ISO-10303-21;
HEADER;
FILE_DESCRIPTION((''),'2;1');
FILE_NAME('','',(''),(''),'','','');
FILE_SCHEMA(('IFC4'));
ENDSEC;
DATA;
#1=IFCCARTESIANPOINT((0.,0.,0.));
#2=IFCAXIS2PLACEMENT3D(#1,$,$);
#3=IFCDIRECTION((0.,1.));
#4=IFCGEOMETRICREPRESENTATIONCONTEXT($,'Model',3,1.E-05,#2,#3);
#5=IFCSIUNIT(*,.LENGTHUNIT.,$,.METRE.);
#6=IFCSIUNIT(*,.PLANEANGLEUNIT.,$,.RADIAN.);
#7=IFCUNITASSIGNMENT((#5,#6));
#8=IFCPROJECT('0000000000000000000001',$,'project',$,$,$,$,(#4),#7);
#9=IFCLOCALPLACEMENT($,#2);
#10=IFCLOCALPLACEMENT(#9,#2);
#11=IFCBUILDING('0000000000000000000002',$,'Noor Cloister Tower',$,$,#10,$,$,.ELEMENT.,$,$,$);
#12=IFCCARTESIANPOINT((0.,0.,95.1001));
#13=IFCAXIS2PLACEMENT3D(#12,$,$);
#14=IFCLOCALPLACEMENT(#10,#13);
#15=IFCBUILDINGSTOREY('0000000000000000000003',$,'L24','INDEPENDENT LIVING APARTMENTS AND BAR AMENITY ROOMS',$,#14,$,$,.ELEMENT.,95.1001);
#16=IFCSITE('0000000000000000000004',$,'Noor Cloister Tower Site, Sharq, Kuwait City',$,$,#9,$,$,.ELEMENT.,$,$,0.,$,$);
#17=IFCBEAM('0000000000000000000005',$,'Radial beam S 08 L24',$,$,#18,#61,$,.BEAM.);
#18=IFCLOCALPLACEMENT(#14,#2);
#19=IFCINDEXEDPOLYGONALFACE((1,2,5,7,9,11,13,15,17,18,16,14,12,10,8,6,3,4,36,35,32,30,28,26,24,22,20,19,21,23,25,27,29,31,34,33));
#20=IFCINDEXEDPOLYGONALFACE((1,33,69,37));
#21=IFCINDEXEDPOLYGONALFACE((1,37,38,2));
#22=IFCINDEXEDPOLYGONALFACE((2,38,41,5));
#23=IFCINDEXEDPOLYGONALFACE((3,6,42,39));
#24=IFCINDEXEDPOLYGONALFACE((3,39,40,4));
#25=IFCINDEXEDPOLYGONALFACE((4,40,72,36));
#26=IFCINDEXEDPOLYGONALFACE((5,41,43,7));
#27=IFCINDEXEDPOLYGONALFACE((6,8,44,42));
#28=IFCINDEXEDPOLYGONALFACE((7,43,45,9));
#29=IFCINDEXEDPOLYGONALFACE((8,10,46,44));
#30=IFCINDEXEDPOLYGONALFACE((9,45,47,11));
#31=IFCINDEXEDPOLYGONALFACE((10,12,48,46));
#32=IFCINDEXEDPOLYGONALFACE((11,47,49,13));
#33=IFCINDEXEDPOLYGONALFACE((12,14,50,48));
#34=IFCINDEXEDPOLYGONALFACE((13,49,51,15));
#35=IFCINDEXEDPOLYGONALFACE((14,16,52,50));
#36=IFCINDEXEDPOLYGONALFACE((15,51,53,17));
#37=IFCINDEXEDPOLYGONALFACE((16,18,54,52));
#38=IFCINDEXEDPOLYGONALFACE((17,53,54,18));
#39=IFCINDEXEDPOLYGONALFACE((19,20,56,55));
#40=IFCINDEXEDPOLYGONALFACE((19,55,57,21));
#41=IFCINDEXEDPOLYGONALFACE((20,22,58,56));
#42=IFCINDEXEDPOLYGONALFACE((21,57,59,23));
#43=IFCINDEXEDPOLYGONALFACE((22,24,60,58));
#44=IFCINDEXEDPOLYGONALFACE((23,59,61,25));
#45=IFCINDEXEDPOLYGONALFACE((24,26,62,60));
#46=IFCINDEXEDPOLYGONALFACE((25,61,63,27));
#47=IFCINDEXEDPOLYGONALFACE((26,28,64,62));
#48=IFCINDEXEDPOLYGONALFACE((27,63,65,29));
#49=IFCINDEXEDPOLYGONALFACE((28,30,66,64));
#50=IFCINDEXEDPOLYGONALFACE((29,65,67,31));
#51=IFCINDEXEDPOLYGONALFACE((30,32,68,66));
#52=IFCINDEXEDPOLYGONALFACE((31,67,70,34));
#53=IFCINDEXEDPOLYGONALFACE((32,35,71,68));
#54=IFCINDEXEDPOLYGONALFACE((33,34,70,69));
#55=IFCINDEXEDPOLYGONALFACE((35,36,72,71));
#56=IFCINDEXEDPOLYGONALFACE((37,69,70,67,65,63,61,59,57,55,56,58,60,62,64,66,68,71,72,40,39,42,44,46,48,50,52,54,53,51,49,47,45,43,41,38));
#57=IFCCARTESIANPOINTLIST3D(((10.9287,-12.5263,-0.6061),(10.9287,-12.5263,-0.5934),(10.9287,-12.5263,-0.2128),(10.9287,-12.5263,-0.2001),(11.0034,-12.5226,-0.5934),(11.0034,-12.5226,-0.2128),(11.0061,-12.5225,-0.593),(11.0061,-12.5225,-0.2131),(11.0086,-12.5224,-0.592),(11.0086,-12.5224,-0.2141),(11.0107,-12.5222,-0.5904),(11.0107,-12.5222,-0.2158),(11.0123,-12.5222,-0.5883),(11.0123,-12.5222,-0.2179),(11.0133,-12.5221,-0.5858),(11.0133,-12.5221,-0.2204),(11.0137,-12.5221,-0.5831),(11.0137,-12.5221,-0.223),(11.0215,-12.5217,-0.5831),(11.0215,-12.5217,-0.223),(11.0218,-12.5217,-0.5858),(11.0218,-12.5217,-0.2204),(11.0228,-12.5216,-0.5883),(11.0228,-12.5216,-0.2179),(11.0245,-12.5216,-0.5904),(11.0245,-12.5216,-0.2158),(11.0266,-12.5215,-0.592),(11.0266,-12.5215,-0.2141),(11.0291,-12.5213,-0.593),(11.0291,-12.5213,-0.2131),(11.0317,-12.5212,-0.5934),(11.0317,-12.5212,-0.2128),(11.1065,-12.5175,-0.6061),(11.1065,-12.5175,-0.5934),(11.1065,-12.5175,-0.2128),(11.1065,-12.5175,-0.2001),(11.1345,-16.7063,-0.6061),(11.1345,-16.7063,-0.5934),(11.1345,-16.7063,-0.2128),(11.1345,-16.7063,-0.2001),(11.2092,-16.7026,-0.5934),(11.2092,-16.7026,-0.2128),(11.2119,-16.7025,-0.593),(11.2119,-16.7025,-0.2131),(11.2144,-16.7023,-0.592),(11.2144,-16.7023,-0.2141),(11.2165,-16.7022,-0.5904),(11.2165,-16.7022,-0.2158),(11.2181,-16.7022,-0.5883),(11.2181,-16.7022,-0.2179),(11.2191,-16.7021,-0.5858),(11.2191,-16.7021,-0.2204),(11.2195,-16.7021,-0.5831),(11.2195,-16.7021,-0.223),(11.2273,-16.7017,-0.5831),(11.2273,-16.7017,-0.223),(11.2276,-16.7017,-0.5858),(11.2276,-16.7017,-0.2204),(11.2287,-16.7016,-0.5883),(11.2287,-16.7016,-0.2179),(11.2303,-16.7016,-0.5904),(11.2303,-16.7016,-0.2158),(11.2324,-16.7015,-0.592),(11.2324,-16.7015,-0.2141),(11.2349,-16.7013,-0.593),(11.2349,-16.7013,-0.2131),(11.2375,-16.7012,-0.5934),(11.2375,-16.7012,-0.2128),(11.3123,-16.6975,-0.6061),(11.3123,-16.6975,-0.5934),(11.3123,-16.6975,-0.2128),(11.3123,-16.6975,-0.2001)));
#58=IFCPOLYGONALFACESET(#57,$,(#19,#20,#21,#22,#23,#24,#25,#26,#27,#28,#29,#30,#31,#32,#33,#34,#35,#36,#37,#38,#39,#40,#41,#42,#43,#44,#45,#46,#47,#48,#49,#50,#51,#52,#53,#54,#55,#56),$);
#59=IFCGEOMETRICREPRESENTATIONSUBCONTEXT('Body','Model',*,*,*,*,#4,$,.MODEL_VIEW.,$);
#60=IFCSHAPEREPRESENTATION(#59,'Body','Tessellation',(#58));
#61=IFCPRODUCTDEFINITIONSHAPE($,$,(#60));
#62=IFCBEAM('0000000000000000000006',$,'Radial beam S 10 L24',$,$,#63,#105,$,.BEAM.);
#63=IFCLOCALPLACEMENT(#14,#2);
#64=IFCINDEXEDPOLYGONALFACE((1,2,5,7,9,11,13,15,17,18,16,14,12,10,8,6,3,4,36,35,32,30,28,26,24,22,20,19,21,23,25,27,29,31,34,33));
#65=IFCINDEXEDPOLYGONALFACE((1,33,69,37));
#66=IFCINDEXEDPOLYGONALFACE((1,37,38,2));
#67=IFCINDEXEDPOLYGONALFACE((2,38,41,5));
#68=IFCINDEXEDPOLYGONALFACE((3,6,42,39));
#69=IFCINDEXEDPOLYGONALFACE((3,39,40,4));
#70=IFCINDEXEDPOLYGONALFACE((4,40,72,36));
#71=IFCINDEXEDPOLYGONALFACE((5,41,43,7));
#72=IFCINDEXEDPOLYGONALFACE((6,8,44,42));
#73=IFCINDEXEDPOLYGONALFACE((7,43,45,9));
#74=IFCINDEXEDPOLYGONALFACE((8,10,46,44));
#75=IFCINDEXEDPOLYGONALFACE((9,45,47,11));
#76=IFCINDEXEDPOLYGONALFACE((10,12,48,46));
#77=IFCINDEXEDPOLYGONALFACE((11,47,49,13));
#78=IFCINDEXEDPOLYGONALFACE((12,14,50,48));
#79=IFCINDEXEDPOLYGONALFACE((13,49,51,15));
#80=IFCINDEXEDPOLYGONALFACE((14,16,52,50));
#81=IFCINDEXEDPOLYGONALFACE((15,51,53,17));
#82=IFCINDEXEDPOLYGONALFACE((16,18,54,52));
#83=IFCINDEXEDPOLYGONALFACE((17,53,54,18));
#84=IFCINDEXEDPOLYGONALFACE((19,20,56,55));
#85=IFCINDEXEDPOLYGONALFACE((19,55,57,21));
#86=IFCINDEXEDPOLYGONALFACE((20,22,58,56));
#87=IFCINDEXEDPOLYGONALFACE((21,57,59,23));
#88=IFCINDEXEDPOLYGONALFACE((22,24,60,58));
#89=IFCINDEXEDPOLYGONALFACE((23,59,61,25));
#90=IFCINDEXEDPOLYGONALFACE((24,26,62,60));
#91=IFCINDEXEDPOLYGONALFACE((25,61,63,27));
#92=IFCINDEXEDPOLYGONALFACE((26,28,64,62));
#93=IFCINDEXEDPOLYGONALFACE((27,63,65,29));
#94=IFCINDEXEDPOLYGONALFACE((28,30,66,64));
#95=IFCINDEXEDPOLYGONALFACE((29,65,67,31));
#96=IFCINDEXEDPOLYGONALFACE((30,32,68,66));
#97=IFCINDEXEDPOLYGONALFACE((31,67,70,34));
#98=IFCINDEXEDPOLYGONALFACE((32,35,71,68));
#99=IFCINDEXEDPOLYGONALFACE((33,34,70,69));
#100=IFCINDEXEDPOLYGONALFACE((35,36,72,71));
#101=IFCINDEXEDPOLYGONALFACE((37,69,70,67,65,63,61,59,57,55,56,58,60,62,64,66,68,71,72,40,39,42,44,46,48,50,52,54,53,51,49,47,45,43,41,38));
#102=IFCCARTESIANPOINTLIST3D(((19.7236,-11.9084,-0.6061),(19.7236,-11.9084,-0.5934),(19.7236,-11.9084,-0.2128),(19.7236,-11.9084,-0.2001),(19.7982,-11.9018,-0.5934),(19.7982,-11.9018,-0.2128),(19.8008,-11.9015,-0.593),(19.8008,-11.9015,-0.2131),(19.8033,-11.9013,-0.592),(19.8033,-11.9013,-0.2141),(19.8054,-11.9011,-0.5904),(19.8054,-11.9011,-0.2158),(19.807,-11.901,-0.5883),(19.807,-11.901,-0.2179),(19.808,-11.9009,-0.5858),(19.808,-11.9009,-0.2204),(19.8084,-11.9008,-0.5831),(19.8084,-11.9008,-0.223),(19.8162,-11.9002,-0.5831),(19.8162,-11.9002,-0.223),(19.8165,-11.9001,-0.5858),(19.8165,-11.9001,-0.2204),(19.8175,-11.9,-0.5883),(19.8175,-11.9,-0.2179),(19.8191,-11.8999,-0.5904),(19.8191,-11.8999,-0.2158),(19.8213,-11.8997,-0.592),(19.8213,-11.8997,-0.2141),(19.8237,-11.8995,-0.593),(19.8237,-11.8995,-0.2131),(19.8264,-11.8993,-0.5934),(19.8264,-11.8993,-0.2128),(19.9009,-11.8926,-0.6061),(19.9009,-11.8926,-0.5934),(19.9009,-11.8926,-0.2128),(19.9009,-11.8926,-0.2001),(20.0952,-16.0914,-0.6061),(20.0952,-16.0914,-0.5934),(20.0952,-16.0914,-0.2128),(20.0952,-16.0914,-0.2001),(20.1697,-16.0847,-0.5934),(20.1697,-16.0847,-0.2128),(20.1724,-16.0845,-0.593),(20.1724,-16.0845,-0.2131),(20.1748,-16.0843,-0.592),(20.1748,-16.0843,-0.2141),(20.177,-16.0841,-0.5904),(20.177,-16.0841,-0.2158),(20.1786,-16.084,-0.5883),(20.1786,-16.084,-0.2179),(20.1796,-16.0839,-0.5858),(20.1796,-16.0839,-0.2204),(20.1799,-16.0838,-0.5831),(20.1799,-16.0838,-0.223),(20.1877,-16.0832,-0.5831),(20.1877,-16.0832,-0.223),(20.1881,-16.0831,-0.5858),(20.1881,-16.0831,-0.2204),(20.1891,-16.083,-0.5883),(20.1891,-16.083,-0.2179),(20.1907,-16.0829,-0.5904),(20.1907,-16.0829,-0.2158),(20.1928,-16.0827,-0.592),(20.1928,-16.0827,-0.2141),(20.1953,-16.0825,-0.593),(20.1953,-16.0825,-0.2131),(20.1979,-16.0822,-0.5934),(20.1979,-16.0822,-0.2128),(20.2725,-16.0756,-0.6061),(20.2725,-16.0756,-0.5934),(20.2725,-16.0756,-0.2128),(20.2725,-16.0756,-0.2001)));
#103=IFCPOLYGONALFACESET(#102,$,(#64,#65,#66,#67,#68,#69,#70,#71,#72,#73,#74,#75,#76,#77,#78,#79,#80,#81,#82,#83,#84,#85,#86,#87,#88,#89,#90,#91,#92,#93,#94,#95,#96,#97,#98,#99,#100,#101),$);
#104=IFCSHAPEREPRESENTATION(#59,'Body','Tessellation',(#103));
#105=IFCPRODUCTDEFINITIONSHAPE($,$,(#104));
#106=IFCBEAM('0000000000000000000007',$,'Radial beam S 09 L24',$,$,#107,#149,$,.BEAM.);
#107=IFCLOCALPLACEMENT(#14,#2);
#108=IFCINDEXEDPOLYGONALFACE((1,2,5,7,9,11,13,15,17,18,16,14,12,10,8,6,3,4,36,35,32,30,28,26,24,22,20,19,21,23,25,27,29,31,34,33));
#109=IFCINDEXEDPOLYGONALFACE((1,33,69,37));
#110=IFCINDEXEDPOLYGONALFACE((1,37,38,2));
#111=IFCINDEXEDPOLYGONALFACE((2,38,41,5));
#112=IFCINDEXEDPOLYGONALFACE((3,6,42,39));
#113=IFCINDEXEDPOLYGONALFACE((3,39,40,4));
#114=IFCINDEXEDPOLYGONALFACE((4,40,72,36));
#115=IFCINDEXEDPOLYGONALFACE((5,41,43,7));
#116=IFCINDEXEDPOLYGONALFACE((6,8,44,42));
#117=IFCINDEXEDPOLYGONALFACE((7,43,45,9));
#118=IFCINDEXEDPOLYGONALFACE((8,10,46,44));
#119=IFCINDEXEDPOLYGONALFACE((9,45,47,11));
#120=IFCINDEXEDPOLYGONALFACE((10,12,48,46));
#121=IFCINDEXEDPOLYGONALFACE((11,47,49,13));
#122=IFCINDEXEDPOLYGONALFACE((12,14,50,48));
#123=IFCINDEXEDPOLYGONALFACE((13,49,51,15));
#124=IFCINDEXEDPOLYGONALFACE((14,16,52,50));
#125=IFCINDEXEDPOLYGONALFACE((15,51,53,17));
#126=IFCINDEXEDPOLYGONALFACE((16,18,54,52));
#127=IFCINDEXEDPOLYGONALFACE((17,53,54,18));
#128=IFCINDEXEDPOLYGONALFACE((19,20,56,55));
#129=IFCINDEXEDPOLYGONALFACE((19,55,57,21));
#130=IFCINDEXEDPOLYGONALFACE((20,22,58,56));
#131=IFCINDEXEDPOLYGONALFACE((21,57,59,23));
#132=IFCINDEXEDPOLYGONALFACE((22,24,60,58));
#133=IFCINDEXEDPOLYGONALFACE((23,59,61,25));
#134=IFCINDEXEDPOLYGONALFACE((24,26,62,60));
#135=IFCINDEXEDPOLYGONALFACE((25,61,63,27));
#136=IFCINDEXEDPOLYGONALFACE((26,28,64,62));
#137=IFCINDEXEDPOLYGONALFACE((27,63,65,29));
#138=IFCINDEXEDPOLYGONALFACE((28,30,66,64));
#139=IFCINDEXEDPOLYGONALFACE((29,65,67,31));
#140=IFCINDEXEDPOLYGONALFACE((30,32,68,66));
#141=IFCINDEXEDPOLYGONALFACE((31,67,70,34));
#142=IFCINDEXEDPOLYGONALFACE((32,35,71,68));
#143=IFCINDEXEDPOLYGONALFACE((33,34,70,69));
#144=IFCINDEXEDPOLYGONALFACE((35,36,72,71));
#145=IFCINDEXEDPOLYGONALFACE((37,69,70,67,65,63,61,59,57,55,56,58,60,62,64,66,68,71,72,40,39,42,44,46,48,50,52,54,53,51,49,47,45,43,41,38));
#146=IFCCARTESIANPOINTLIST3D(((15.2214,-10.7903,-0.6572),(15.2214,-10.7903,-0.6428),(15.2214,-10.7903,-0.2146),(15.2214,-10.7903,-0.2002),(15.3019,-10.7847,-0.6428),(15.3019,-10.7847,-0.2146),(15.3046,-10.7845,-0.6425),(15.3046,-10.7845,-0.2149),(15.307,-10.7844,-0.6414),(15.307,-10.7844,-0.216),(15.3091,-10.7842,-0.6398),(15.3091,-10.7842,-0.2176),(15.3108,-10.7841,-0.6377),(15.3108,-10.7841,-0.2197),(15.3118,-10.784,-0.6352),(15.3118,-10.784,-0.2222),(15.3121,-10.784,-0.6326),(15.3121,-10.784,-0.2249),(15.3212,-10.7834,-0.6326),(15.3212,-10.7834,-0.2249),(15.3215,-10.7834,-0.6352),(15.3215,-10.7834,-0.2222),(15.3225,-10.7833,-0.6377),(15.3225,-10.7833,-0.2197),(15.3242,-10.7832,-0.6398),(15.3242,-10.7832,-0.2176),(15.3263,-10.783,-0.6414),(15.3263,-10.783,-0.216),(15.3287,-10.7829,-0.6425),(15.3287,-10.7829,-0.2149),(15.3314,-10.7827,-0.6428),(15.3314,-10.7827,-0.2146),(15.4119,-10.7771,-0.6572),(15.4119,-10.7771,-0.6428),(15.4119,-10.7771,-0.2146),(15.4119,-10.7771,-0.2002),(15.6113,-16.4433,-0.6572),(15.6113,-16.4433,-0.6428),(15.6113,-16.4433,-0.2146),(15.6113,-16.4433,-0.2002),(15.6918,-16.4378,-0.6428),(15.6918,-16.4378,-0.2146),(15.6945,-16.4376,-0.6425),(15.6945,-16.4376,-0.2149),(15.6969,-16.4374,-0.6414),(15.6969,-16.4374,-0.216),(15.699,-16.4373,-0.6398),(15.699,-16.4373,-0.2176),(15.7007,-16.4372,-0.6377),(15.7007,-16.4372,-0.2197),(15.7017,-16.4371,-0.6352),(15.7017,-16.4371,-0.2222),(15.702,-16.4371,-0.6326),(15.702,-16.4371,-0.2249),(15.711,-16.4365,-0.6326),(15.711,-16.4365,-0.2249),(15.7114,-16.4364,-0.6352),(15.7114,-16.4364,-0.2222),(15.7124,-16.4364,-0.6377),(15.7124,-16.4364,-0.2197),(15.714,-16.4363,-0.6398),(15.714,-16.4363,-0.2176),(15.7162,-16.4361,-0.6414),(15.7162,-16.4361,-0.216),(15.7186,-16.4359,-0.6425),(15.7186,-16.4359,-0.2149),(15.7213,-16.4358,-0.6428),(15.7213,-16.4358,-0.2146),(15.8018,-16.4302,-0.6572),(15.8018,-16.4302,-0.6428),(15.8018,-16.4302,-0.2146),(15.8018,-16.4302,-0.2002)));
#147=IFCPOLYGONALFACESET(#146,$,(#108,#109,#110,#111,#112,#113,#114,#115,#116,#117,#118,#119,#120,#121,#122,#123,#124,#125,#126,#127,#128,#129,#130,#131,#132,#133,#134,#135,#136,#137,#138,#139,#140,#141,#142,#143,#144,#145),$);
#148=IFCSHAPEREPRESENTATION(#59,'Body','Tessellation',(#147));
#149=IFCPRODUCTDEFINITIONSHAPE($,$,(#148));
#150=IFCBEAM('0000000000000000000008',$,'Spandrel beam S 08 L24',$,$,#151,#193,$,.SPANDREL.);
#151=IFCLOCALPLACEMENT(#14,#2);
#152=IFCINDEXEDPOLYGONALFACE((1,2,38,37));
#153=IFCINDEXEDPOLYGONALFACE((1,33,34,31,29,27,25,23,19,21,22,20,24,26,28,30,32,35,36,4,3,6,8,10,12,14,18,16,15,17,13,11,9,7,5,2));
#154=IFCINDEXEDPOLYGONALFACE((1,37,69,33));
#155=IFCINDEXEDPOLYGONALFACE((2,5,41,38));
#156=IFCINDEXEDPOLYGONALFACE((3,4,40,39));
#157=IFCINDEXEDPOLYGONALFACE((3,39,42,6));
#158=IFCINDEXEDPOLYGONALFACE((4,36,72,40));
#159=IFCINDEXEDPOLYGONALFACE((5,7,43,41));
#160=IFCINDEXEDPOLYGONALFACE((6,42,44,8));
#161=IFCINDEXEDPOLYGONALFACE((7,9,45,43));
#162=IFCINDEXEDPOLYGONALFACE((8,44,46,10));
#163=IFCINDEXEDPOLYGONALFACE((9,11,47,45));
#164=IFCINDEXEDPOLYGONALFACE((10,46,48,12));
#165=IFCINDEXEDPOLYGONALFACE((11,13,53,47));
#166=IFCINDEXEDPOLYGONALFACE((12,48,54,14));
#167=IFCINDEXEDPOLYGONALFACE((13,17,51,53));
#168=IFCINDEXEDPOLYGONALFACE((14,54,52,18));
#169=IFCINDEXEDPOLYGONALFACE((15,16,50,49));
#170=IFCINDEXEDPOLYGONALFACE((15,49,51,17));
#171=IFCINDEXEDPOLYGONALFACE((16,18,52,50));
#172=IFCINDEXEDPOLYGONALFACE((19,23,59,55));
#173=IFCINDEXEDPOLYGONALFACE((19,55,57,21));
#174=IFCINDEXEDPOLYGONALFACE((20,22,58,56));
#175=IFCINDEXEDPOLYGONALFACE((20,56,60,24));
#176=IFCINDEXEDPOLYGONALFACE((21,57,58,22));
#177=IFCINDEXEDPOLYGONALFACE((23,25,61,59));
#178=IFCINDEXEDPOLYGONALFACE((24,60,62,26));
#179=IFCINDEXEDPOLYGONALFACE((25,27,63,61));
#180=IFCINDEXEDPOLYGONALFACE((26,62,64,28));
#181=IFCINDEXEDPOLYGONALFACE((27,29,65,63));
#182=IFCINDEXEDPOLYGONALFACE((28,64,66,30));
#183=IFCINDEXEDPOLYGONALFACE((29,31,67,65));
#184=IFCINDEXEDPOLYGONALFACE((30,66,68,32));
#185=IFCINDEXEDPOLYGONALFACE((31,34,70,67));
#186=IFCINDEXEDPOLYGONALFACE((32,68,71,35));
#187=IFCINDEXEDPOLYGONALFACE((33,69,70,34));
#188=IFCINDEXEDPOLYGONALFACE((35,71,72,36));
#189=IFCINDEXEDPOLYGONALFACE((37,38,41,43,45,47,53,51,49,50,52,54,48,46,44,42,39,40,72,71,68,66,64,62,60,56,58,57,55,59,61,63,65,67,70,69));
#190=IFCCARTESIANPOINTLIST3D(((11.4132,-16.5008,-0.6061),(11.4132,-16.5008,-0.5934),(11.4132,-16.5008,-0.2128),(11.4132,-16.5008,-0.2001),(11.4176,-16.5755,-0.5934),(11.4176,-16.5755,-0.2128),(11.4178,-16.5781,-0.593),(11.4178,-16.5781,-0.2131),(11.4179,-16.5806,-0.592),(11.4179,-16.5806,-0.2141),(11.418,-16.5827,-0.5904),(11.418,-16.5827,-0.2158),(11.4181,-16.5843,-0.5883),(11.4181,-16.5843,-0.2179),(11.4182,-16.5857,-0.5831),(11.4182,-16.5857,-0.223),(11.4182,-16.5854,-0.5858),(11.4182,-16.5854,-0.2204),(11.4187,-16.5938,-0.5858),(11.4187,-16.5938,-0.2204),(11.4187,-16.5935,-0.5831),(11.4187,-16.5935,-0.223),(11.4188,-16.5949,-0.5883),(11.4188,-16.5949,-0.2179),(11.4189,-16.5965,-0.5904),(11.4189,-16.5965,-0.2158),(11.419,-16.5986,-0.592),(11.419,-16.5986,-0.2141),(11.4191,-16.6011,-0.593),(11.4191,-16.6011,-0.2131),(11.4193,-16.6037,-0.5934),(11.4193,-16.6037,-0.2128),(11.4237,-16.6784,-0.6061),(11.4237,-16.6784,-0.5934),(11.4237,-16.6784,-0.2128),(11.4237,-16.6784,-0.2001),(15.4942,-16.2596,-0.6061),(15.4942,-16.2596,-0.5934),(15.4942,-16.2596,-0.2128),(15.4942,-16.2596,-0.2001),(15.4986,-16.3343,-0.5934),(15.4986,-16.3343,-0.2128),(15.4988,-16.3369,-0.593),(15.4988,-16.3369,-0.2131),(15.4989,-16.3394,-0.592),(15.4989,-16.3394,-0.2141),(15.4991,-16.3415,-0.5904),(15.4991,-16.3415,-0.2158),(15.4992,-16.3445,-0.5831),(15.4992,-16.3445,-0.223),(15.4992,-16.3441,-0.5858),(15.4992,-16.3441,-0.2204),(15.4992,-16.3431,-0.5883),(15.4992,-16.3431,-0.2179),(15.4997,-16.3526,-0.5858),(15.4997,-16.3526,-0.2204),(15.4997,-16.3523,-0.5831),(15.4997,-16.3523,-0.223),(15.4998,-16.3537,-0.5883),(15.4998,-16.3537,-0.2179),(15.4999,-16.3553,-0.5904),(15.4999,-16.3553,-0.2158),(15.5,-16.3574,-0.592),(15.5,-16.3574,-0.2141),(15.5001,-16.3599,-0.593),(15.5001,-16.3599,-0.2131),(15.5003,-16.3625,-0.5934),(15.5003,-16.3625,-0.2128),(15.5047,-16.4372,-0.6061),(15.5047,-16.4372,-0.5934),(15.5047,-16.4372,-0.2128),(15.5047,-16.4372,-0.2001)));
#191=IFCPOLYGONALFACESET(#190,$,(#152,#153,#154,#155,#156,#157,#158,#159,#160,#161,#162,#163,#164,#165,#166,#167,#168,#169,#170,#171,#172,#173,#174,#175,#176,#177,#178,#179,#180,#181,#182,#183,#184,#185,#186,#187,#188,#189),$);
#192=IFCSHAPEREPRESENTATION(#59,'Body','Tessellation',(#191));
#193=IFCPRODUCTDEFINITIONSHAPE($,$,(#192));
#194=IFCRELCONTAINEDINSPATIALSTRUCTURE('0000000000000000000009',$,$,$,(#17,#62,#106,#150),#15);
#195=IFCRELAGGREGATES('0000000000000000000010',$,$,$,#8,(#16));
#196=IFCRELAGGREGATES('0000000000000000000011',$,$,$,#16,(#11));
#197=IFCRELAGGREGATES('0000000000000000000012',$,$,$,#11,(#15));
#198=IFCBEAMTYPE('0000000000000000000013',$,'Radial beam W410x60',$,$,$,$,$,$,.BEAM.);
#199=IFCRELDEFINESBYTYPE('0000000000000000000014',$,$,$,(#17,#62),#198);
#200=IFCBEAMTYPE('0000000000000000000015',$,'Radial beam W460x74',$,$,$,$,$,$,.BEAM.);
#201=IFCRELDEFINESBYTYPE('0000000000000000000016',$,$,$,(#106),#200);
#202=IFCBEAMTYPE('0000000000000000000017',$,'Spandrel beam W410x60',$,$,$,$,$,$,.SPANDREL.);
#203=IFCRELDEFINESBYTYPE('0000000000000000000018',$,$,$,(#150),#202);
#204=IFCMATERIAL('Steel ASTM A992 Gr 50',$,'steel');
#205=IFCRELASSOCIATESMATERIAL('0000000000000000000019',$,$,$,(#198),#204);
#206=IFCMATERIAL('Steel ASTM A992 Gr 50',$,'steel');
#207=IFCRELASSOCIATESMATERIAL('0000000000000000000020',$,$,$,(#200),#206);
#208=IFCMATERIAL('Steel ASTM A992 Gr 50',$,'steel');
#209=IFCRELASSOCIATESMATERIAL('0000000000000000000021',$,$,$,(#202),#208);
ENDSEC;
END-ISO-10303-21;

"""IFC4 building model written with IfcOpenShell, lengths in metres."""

from ifc_helpers import new_model, si_unit, direction, frame, origin, origin_2d, place, context, subcontext, project, spatial, i_section, extrude, material, material_profile, profile_set, type_object, element, save


model = new_model("IFC4")

# Units and contexts
model_context = context("Model", 3, precision=1e-05, world=origin(), true_north=direction((0.0, 1.0)))
body_context = subcontext(model_context, "Body", "Model", "MODEL_VIEW")
ifc_project = project(units=[si_unit("LENGTHUNIT", "METRE"), si_unit("PLANEANGLEUNIT", "RADIAN")], contexts=[model_context])

# Site, building, storey
site_placement = place(None, origin())
site = spatial("IfcSite", under=ifc_project, at=site_placement, Name="Noor Cloister Tower Site, Sharq, Kuwait City", CompositionType="ELEMENT", RefElevation=0.0)
building_placement = place(site_placement, origin())
building = spatial("IfcBuilding", under=site, at=building_placement, Name="Noor Cloister Tower", CompositionType="ELEMENT")
storey_placement = place(building_placement, frame((0.0, 0.0, 95.1001)))
storey = spatial("IfcBuildingStorey", under=building, at=storey_placement, Name="L24", Description="INDEPENDENT LIVING APARTMENTS AND BAR AMENITY ROOMS", CompositionType="ELEMENT", Elevation=95.1001)

# Beams
ifc_material_1 = material(Name="Steel ASTM A992 Gr 50", Category="steel")
ifc_material_profile_1 = material_profile(ifc_material_1, i_section(OverallWidth=0.178, OverallDepth=0.406, WebThickness=0.0078, FlangeThickness=0.0127, FilletRadius=0.0103, at=origin_2d()), Name="W410x60")
ifc_profile_set_1 = profile_set([ifc_material_profile_1], Name="Steel ASTM A992 Gr 50")
beam_type_1 = type_object("IfcBeamType", Name="Radial beam W410x60", PredefinedType="BEAM", material=ifc_profile_set_1)
beam_1_placement = place(storey_placement, frame((11.2234, -16.7019, -0.4031), z_axis=(-0.049178, 0.99879, 0.0), x_axis=(-0.99879, -0.049178, 0.0)))
element("IfcBeam", 1, at=beam_1_placement, inside=storey, type_object=beam_type_1, Name="Radial beam S 08 L24", PredefinedType="BEAM", context=body_context, shape_type="SweptSolid", body=[
    extrude(i_section(OverallWidth=0.178, OverallDepth=0.406, WebThickness=0.0078, FlangeThickness=0.0127, FilletRadius=0.0103, at=origin_2d()), origin(), (0.0, 0.0, 1.0), 4.1851),
])
beam_2_placement = place(storey_placement, frame((20.1838, -16.0835, -0.4031), z_axis=(-0.088481, 0.996078, 0.0), x_axis=(-0.996078, -0.088481, 0.0)))
element("IfcBeam", 2, at=beam_2_placement, inside=storey, type_object=beam_type_1, Name="Radial beam S 10 L24", PredefinedType="BEAM", context=body_context, shape_type="SweptSolid", body=[
    extrude(i_section(OverallWidth=0.178, OverallDepth=0.406, WebThickness=0.0078, FlangeThickness=0.0127, FilletRadius=0.0103, at=origin_2d()), origin(), (0.0, 0.0, 1.0), 4.1995),
])
ifc_material_2 = material(Name="Steel ASTM A992 Gr 50", Category="steel")
ifc_material_profile_2 = material_profile(ifc_material_2, i_section(OverallWidth=0.1909, OverallDepth=0.457, WebThickness=0.009, FlangeThickness=0.0144, FilletRadius=0.0103, at=origin_2d()), Name="W460x74")
ifc_profile_set_2 = profile_set([ifc_material_profile_2], Name="Steel ASTM A992 Gr 50")
beam_type_2 = type_object("IfcBeamType", Name="Radial beam W460x74", PredefinedType="BEAM", material=ifc_profile_set_2)
beam_3_placement = place(storey_placement, frame((15.7065, -16.4368, -0.4287), z_axis=(-0.068807, 0.99763, 0.0), x_axis=(-0.99763, -0.068807, 0.0)))
element("IfcBeam", 3, at=beam_3_placement, inside=storey, type_object=beam_type_2, Name="Radial beam S 09 L24", PredefinedType="BEAM", context=body_context, shape_type="SweptSolid", body=[
    extrude(i_section(OverallWidth=0.1909, OverallDepth=0.457, WebThickness=0.009, FlangeThickness=0.0144, FilletRadius=0.0103, at=origin_2d()), origin(), (0.0, 0.0, 1.0), 5.6665),
])
ifc_material_3 = material(Name="Steel ASTM A992 Gr 50", Category="steel")
ifc_material_profile_3 = material_profile(ifc_material_3, i_section(OverallWidth=0.178, OverallDepth=0.406, WebThickness=0.0078, FlangeThickness=0.0127, FilletRadius=0.0103, at=origin_2d()), Name="W410x60")
ifc_profile_set_3 = profile_set([ifc_material_profile_3], Name="Steel ASTM A992 Gr 50")
beam_type_3 = type_object("IfcBeamType", Name="Spandrel beam W410x60", PredefinedType="SPANDREL", material=ifc_profile_set_3)
for number, where, z_axis, x_axis, name in (
    (4, (11.4185, -16.5896, -0.4031), (0.998258, 0.059002, 0.0), (-0.059002, 0.998258, 0.0), "Spandrel beam S 08 L24"),
):
    element("IfcBeam", number, at=place(storey_placement, frame(where, z_axis=z_axis, x_axis=x_axis)), inside=storey, type_object=beam_type_3, Name=name, PredefinedType="SPANDREL", context=body_context, shape_type="SweptSolid", body=[
        extrude(i_section(OverallWidth=0.178, OverallDepth=0.406, WebThickness=0.0078, FlangeThickness=0.0127, FilletRadius=0.0103, at=origin_2d()), origin(), (0.0, 0.0, 1.0), 4.0881),
    ])

save(model, "model.ifc")
